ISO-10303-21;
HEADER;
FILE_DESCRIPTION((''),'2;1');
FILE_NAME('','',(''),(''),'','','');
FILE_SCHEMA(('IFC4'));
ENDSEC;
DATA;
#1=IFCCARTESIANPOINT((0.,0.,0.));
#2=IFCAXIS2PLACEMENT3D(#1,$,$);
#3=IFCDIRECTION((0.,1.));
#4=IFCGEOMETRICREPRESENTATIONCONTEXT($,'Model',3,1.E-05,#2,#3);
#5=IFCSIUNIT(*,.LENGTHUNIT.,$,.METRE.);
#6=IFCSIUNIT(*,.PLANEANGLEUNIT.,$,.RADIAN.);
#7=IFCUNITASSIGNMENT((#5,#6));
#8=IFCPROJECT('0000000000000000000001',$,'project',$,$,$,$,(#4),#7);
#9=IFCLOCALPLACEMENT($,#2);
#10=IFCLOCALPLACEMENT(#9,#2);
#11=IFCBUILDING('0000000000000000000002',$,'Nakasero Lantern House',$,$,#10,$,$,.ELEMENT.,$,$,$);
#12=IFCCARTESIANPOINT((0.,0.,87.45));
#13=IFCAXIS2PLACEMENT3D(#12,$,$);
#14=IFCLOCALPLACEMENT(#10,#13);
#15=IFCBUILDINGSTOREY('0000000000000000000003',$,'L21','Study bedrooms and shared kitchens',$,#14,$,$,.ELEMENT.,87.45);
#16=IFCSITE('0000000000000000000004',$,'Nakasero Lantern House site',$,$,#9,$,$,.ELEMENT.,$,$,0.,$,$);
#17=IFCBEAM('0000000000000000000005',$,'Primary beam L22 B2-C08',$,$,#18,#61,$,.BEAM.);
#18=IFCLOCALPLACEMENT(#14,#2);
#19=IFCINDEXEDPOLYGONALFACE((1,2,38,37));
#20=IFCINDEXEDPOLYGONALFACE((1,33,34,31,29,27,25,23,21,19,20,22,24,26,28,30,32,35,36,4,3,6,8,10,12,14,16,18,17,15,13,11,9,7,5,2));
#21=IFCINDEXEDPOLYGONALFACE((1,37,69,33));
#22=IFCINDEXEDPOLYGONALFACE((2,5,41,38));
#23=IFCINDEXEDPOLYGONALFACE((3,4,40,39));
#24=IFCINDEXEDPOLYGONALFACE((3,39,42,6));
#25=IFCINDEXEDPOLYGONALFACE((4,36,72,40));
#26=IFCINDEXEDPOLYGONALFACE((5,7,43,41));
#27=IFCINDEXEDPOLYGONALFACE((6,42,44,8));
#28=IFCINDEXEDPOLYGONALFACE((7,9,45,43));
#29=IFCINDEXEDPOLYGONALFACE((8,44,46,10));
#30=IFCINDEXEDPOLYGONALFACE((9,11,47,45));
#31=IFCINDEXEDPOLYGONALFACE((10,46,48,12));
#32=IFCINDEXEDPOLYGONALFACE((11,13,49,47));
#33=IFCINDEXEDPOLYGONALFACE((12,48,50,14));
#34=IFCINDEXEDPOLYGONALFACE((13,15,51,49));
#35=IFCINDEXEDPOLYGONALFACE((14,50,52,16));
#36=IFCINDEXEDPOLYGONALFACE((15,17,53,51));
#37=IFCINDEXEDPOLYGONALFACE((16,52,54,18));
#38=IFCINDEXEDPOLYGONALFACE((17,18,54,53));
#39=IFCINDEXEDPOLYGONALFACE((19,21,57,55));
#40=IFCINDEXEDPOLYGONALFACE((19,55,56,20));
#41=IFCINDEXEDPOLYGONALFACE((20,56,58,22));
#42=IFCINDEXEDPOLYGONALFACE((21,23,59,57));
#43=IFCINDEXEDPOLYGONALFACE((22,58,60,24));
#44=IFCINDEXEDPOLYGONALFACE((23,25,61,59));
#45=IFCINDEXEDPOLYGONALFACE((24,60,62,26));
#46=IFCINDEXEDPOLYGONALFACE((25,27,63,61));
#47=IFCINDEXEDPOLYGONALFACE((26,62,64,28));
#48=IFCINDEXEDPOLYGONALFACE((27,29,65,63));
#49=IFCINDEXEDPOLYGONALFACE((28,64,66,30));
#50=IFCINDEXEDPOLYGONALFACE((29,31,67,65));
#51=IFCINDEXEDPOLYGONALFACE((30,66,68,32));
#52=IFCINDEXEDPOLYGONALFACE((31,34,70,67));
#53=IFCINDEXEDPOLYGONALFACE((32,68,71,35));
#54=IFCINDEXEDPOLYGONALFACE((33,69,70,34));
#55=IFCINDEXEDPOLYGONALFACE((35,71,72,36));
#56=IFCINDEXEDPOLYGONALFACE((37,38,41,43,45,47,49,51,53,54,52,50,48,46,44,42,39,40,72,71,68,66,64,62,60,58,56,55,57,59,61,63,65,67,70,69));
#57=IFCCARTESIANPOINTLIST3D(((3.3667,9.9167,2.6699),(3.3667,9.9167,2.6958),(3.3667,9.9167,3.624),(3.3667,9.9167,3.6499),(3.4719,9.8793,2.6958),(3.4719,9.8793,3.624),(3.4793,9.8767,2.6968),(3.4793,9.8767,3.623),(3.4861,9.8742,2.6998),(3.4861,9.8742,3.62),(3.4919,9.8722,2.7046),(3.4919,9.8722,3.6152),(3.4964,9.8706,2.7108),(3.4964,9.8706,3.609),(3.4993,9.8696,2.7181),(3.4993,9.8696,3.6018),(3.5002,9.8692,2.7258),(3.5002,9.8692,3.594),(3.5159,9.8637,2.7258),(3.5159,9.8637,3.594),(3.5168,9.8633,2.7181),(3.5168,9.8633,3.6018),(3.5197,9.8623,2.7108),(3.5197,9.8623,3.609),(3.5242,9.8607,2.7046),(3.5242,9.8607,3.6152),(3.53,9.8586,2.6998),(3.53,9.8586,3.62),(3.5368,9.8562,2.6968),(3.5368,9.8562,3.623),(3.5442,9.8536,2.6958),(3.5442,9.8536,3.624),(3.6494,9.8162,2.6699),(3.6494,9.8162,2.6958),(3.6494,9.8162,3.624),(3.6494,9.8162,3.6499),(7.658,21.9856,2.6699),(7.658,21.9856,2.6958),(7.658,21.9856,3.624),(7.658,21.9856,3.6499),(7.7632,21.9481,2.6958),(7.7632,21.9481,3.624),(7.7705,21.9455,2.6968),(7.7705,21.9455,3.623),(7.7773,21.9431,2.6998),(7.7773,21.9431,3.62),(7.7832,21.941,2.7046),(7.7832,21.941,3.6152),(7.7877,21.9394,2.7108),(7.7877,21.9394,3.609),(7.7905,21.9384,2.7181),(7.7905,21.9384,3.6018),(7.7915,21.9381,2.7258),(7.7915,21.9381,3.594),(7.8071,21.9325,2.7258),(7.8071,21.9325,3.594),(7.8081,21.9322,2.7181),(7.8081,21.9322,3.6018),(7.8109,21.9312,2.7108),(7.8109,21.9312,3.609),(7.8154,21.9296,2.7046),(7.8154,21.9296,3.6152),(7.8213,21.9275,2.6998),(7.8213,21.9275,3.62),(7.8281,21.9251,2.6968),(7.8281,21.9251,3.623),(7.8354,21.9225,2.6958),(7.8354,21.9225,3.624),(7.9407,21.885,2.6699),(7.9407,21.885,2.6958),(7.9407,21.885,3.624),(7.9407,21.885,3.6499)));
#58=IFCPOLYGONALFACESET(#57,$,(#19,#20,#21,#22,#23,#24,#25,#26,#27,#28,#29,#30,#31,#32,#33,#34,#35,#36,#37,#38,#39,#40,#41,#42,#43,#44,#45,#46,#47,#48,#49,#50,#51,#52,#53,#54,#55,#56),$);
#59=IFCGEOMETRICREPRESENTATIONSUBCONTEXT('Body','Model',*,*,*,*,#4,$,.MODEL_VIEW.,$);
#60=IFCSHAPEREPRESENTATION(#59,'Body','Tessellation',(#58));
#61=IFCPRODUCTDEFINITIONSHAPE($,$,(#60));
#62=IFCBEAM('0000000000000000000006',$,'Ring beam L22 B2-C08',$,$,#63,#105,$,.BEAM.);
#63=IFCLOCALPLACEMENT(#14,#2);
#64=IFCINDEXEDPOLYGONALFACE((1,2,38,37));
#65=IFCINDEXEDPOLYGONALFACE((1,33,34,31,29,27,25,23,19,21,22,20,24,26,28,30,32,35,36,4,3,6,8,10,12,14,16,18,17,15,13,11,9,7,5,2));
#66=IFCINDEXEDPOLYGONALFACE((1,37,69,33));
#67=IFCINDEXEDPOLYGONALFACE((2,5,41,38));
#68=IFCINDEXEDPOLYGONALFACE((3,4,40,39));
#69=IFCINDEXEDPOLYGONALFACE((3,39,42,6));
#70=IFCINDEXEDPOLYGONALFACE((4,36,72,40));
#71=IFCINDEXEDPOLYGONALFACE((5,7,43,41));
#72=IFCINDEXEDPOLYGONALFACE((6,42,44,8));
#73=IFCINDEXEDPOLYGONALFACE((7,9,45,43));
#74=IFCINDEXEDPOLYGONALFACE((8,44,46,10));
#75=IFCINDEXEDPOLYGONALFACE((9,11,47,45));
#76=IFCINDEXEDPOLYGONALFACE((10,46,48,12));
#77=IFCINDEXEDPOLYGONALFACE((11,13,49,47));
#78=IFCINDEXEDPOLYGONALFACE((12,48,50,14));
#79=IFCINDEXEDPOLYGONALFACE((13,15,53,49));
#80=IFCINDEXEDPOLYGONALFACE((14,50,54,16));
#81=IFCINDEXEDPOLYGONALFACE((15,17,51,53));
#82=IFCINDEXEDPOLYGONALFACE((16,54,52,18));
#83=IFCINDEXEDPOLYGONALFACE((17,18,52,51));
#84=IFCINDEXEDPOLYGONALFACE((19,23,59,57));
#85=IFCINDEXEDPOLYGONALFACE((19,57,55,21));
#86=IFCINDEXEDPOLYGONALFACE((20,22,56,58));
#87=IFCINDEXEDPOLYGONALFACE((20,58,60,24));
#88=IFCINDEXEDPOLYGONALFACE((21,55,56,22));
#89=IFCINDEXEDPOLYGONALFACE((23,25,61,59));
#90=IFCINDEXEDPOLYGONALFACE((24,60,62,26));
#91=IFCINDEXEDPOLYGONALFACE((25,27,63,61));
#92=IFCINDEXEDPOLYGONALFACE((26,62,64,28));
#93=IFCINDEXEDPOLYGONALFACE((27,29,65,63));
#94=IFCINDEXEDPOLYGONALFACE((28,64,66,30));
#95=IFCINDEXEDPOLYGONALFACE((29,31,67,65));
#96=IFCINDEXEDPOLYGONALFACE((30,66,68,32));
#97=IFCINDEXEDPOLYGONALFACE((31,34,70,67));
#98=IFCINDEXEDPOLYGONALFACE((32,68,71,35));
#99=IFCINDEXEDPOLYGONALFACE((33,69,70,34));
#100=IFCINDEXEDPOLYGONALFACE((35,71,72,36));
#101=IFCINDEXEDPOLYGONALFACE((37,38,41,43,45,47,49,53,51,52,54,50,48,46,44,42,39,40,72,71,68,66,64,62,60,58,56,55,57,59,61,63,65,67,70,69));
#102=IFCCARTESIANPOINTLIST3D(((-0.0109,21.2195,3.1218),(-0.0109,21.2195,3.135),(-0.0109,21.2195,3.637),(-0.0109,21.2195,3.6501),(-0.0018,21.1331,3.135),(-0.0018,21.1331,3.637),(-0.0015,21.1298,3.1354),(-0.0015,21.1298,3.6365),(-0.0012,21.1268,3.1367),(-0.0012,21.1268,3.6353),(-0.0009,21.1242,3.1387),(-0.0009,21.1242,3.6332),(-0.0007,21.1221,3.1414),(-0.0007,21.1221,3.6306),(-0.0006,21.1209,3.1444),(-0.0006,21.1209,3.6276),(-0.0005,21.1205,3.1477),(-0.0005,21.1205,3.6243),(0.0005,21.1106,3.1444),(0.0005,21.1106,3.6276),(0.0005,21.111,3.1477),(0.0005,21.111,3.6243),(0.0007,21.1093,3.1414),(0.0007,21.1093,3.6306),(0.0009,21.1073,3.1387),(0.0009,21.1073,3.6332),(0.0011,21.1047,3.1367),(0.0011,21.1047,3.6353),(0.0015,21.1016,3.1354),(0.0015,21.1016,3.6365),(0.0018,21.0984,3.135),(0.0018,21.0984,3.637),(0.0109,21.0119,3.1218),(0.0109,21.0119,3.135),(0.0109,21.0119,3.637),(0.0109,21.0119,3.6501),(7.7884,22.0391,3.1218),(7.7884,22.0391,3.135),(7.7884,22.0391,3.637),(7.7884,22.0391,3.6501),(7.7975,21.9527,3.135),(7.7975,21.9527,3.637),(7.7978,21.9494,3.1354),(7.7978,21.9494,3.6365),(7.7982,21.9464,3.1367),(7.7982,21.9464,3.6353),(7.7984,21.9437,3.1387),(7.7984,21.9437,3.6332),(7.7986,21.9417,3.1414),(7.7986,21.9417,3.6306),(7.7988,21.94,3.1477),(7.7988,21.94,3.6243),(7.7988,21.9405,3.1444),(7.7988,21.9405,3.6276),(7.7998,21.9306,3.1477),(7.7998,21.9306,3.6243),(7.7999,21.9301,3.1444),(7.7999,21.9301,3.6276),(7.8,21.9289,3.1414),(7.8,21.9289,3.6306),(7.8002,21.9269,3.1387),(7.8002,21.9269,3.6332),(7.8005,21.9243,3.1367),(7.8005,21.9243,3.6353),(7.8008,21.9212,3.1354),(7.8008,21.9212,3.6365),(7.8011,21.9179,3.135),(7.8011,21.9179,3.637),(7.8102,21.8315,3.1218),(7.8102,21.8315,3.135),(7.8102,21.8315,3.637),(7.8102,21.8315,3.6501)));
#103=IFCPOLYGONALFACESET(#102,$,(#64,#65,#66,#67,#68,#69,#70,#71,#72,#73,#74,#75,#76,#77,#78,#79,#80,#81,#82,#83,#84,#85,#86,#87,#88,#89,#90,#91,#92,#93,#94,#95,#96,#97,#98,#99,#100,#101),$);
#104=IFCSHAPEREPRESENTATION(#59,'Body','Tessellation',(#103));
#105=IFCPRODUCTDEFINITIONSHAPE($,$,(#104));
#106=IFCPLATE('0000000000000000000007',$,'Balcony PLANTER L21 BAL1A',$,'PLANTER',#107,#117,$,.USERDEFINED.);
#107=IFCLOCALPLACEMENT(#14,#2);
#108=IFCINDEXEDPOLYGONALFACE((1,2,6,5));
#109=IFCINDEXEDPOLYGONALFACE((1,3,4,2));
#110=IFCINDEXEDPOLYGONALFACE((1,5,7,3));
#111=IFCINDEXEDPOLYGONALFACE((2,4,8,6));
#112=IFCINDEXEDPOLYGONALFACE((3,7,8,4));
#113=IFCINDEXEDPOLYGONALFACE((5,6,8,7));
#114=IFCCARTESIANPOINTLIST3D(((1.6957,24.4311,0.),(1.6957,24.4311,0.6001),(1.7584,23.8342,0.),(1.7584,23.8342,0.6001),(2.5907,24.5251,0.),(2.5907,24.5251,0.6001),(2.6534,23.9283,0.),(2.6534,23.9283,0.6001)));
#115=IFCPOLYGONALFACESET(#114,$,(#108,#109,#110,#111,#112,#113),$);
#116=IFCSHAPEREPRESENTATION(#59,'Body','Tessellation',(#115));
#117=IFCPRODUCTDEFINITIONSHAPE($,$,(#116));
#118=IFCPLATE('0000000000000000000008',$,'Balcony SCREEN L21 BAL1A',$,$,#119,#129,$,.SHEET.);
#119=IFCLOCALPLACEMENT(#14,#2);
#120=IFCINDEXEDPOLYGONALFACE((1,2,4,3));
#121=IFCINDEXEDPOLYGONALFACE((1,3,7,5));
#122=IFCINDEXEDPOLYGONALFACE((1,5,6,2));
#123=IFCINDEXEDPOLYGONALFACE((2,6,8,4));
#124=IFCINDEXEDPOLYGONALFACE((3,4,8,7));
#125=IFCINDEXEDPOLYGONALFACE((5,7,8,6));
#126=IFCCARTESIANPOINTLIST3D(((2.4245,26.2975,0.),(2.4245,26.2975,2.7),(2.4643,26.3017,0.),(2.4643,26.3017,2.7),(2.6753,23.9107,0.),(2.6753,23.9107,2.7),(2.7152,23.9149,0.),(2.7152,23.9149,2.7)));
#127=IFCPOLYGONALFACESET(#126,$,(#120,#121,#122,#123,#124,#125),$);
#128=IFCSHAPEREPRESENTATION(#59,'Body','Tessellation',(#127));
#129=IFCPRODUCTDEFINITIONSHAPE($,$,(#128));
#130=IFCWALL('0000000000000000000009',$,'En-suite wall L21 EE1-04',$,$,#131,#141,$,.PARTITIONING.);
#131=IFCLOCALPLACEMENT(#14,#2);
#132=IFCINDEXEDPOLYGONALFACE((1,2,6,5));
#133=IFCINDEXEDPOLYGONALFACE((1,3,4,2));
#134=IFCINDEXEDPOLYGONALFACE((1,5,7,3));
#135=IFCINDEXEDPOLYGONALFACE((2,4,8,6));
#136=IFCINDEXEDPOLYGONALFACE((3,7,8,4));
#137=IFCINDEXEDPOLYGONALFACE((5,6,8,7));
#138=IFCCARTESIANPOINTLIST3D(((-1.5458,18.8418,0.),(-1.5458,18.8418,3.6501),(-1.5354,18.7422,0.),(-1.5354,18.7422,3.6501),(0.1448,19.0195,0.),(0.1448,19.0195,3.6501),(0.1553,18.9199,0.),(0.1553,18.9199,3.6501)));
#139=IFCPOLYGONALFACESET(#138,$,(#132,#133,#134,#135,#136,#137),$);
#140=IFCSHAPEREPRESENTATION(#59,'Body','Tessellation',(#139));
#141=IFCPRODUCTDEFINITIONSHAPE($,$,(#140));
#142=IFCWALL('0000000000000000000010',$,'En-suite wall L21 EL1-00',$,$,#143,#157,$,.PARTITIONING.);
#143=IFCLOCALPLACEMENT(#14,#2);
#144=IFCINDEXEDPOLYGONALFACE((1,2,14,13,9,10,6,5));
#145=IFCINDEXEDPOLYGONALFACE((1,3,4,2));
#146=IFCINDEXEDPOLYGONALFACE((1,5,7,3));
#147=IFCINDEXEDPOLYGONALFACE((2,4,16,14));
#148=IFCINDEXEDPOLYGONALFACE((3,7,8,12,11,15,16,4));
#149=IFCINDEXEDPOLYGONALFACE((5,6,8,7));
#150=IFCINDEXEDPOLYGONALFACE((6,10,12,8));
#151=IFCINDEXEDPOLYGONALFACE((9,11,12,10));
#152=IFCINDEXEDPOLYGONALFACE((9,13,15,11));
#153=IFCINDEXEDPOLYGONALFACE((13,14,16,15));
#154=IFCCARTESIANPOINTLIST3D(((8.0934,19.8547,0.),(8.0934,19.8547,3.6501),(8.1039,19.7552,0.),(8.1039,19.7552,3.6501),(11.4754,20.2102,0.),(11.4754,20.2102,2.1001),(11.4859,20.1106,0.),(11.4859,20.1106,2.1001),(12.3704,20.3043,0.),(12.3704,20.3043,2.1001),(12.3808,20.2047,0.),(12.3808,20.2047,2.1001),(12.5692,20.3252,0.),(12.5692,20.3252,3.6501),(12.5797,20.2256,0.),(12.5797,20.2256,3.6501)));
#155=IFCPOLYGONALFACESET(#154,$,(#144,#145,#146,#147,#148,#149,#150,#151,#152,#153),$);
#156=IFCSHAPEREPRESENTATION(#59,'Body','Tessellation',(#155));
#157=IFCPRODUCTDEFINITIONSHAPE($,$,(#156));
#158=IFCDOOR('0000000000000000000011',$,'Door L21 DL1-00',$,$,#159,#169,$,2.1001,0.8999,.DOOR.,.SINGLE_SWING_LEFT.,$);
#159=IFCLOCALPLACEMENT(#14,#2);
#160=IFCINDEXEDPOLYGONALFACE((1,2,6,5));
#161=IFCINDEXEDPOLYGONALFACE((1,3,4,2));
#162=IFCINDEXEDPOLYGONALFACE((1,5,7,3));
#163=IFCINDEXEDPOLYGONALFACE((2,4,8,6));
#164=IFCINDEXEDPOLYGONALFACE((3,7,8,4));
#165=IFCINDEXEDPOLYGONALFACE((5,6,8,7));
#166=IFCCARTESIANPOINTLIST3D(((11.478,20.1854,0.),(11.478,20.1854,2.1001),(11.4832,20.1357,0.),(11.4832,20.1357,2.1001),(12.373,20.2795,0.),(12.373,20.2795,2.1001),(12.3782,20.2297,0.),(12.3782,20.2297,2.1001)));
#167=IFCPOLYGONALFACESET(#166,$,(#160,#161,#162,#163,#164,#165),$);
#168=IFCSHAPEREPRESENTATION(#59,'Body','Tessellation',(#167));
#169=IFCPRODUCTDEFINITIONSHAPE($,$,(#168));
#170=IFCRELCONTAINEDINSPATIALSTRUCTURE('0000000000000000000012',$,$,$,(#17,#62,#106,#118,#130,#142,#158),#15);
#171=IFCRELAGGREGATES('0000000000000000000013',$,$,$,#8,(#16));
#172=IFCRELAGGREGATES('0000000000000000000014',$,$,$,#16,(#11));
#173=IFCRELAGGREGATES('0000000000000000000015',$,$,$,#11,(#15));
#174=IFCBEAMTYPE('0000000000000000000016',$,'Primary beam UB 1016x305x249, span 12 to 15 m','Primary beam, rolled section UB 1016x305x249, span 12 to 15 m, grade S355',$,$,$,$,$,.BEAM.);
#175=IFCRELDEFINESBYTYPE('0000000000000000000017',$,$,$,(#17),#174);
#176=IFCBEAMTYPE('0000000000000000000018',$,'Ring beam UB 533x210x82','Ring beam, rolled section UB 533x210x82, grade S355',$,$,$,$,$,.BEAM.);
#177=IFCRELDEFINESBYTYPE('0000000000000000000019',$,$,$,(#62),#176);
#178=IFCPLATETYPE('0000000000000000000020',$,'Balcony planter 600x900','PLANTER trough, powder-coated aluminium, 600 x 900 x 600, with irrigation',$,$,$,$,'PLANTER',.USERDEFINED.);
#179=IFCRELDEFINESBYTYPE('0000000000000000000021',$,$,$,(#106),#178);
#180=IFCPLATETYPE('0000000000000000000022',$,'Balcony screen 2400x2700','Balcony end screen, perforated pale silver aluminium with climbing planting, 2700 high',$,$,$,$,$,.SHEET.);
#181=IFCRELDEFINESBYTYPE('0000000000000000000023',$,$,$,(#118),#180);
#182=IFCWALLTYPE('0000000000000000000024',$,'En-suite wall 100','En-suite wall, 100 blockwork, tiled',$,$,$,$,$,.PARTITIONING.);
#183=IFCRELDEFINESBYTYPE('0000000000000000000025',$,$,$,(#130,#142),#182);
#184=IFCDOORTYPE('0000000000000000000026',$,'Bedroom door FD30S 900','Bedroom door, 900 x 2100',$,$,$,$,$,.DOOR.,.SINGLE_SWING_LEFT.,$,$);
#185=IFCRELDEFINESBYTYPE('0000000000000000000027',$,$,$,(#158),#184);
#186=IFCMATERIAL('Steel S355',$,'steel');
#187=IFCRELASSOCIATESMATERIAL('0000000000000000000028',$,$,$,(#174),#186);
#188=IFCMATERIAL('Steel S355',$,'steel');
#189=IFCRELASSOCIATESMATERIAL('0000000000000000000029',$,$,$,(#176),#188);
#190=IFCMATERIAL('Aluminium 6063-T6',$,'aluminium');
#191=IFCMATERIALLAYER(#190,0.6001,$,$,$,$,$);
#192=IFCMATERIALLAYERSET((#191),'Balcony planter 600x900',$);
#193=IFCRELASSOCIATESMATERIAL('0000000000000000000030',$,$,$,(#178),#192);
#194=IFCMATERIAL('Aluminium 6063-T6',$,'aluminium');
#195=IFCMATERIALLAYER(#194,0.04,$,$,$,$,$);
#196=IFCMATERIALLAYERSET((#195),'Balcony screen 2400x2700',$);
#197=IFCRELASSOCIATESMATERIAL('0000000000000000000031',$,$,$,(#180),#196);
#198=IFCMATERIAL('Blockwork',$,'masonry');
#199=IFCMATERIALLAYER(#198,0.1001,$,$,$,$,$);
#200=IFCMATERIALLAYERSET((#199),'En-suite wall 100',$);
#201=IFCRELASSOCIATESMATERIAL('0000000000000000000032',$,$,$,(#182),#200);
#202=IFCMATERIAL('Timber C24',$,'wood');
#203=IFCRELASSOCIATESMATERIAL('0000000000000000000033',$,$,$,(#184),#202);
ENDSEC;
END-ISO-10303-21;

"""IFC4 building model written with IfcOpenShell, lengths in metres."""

from ifc_helpers import new_model, si_unit, direction, frame, frame_2d, origin, origin_2d, place, context, subcontext, project, spatial, rectangle, i_section, extrude, material, layer, layer_set, material_profile, profile_set, type_object, element, fill, save


model = new_model("IFC4")

# Units and contexts
model_context = context("Model", 3, precision=1e-05, world=origin(), true_north=direction((0.0, 1.0)))
body_context = subcontext(model_context, "Body", "Model", "MODEL_VIEW")
ifc_project = project(units=[si_unit("LENGTHUNIT", "METRE"), si_unit("PLANEANGLEUNIT", "RADIAN")], contexts=[model_context])

# Site, building, storey
site_placement = place(None, origin())
site = spatial("IfcSite", under=ifc_project, at=site_placement, Name="Nakasero Lantern House site", CompositionType="ELEMENT", RefElevation=0.0)
building_placement = place(site_placement, origin())
building = spatial("IfcBuilding", under=site, at=building_placement, Name="Nakasero Lantern House", CompositionType="ELEMENT")
storey_placement = place(building_placement, frame((0.0, 0.0, 87.45)))
storey = spatial("IfcBuildingStorey", under=building, at=storey_placement, Name="L21", Description="Study bedrooms and shared kitchens", CompositionType="ELEMENT", Elevation=87.45)

# Beams
ifc_material_1 = material(Name="Steel S355", Category="steel")
ifc_material_profile_1 = material_profile(ifc_material_1, i_section(OverallWidth=0.3, OverallDepth=0.98, WebThickness=0.0166, FlangeThickness=0.0259, FilletRadius=0.03, at=origin_2d()), Name="UB 1016x305x249")
ifc_profile_set_1 = profile_set([ifc_material_profile_1], Name="Steel S355")
beam_type_1 = type_object("IfcBeamType", Name="Primary beam UB 1016x305x249, span 12 to 15 m", Description="Primary beam, rolled section UB 1016x305x249, span 12 to 15 m, grade S355", PredefinedType="BEAM", material=ifc_profile_set_1)
beam_1_placement = place(storey_placement, frame((7.7993, 21.9353, 3.1599), z_axis=(-0.335018, -0.942212, 0.0), x_axis=(0.942212, -0.335018, 0.0)))
element("IfcBeam", 1, at=beam_1_placement, inside=storey, type_object=beam_type_1, Name="Primary beam L22 B2-C08", PredefinedType="BEAM", context=body_context, shape_type="SweptSolid", body=[
    extrude(i_section(OverallWidth=0.3, OverallDepth=0.98, WebThickness=0.0166, FlangeThickness=0.0259, FilletRadius=0.03, at=origin_2d()), origin(), (0.0, 0.0, 1.0), 12.8091),
])
ifc_material_2 = material(Name="Steel S355", Category="steel")
ifc_material_profile_2 = material_profile(ifc_material_2, i_section(OverallWidth=0.2087, OverallDepth=0.5283, WebThickness=0.0095, FlangeThickness=0.0132, FilletRadius=0.0127, at=origin_2d()), Name="UB 533x210x82")
ifc_profile_set_2 = profile_set([ifc_material_profile_2], Name="Steel S355")
beam_type_2 = type_object("IfcBeamType", Name="Ring beam UB 533x210x82", Description="Ring beam, rolled section UB 533x210x82, grade S355", PredefinedType="BEAM", material=ifc_profile_set_2)
beam_2_placement = place(storey_placement, frame((7.7993, 21.9353, 3.386), z_axis=(-0.994524, -0.104508, 0.0), x_axis=(0.104508, -0.994524, 0.0)))
element("IfcBeam", 2, at=beam_2_placement, inside=storey, type_object=beam_type_2, Name="Ring beam L22 B2-C08", PredefinedType="BEAM", context=body_context, shape_type="SweptSolid", body=[
    extrude(i_section(OverallWidth=0.2087, OverallDepth=0.5283, WebThickness=0.0095, FlangeThickness=0.0132, FilletRadius=0.0127, at=origin_2d()), origin(), (0.0, 0.0, 1.0), 7.8423),
])

# Plates
ifc_material_3 = material(Name="Aluminium 6063-T6", Category="aluminium")
ifc_layer_1 = layer(ifc_material_3, 0.6001)
ifc_layer_set_1 = layer_set([ifc_layer_1], Name="Balcony planter 600x900")
plate_type_1 = type_object("IfcPlateType", Name="Balcony planter 600x900", Description="PLANTER trough, powder-coated aluminium, 600 x 900 x 600, with irrigation", ElementType="PLANTER", PredefinedType="USERDEFINED", material=ifc_layer_set_1)
plate_1_placement = place(storey_placement, frame((2.1746, 24.1797, 0.0), z_axis=(0.0, 0.0, 1.0), x_axis=(-0.104528, 0.994522, 0.0)))
element("IfcPlate", 3, at=plate_1_placement, inside=storey, type_object=plate_type_1, Name="Balcony PLANTER L21 BAL1A", ObjectType="PLANTER", PredefinedType="USERDEFINED", context=body_context, shape_type="SweptSolid", body=[
    extrude(rectangle(XDim=0.6001, YDim=0.8999, at=origin_2d()), origin(), (0.0, 0.0, 1.0), 0.6001),
])
ifc_material_4 = material(Name="Aluminium 6063-T6", Category="aluminium")
ifc_layer_2 = layer(ifc_material_4, 0.04)
ifc_layer_set_2 = layer_set([ifc_layer_2], Name="Balcony screen 2400x2700")
plate_type_2 = type_object("IfcPlateType", Name="Balcony screen 2400x2700", Description="Balcony end screen, perforated pale silver aluminium with climbing planting, 2700 high", PredefinedType="SHEET", material=ifc_layer_set_2)
plate_2_placement = place(storey_placement, frame((2.5698, 25.1062, 0.0), z_axis=(0.0, 0.0, 1.0), x_axis=(-0.104528, 0.994522, 0.0)))
element("IfcPlate", 4, at=plate_2_placement, inside=storey, type_object=plate_type_2, Name="Balcony SCREEN L21 BAL1A", PredefinedType="SHEET", context=body_context, shape_type="SweptSolid", body=[
    extrude(rectangle(XDim=2.3999, YDim=0.04, at=origin_2d()), origin(), (0.0, 0.0, 1.0), 2.7),
])

# Wall
ifc_material_5 = material(Name="Blockwork", Category="masonry")
ifc_layer_3 = layer(ifc_material_5, 0.1001)
ifc_layer_set_3 = layer_set([ifc_layer_3], Name="En-suite wall 100")
wall_type_1 = type_object("IfcWallType", Name="En-suite wall 100", Description="En-suite wall, 100 blockwork, tiled", PredefinedType="PARTITIONING", material=ifc_layer_set_3)
wall_1_placement = place(storey_placement, frame((0.1501, 18.9697, 0.0), z_axis=(0.0, 0.0, 1.0), x_axis=(-0.99452, -0.10455, 0.0)))
element("IfcWall", 5, at=wall_1_placement, inside=storey, type_object=wall_type_1, Name="En-suite wall L21 EE1-04", PredefinedType="PARTITIONING", context=body_context, shape_type="SweptSolid", body=[
    extrude(rectangle(XDim=1.7, YDim=0.1001, at=frame_2d((0.8501, 0.0))), origin(), (0.0, 0.0, 1.0), 3.6501),
])

# Wall, opening, door
wall_2_placement = place(storey_placement, frame((12.5745, 20.2754, 0.0), z_axis=(0.0, 0.0, 1.0), x_axis=(-0.994521, -0.104535, 0.0)))
wall_2 = element("IfcWall", 6, at=wall_2_placement, inside=storey, type_object=wall_type_1, Name="En-suite wall L21 EL1-00", PredefinedType="PARTITIONING", context=body_context, shape_type="SweptSolid", body=[
    extrude(rectangle(XDim=4.5005, YDim=0.1001, at=frame_2d((2.2502, 0.0))), origin(), (0.0, 0.0, 1.0), 3.6501),
])
opening_1_placement = place(wall_2_placement, frame((0.2, 0.0, 0.0)))
opening_1 = element("IfcOpeningElement", 7, at=opening_1_placement, cuts=wall_2, PredefinedType="OPENING", context=body_context, shape_type="SweptSolid", body=[
    extrude(rectangle(XDim=0.8999, YDim=2.1001, at=frame_2d((0.45, 1.05))), frame((0.0, 0.0701, 0.0), z_axis=(0.0, -1.0, 0.0), x_axis=(1.0, 0.0, 0.0)), (0.0, 0.0, 1.0), 0.1401),
])
ifc_material_6 = material(Name="Timber C24", Category="wood")
door_type_1 = type_object("IfcDoorType", Name="Bedroom door FD30S 900", Description="Bedroom door, 900 x 2100", OperationType="SINGLE_SWING_LEFT", PredefinedType="DOOR", material=ifc_material_6)
door_1_placement = place(opening_1_placement, origin())
door_1 = element("IfcDoor", 8, at=door_1_placement, inside=storey, type_object=door_type_1, Name="Door L21 DL1-00", OperationType="SINGLE_SWING_LEFT", OverallHeight=2.1001, OverallWidth=0.8999, PredefinedType="DOOR", context=body_context, shape_type="SweptSolid", body=[
    extrude(rectangle(XDim=0.8999, YDim=2.1001, at=frame_2d((0.45, 1.05))), frame((0.0, 0.0249, 0.0), z_axis=(0.0, -1.0, 0.0), x_axis=(1.0, 0.0, 0.0)), (0.0, 0.0, 1.0), 0.05),
])
fill(opening_1, door_1)

save(model, "model.ifc")
